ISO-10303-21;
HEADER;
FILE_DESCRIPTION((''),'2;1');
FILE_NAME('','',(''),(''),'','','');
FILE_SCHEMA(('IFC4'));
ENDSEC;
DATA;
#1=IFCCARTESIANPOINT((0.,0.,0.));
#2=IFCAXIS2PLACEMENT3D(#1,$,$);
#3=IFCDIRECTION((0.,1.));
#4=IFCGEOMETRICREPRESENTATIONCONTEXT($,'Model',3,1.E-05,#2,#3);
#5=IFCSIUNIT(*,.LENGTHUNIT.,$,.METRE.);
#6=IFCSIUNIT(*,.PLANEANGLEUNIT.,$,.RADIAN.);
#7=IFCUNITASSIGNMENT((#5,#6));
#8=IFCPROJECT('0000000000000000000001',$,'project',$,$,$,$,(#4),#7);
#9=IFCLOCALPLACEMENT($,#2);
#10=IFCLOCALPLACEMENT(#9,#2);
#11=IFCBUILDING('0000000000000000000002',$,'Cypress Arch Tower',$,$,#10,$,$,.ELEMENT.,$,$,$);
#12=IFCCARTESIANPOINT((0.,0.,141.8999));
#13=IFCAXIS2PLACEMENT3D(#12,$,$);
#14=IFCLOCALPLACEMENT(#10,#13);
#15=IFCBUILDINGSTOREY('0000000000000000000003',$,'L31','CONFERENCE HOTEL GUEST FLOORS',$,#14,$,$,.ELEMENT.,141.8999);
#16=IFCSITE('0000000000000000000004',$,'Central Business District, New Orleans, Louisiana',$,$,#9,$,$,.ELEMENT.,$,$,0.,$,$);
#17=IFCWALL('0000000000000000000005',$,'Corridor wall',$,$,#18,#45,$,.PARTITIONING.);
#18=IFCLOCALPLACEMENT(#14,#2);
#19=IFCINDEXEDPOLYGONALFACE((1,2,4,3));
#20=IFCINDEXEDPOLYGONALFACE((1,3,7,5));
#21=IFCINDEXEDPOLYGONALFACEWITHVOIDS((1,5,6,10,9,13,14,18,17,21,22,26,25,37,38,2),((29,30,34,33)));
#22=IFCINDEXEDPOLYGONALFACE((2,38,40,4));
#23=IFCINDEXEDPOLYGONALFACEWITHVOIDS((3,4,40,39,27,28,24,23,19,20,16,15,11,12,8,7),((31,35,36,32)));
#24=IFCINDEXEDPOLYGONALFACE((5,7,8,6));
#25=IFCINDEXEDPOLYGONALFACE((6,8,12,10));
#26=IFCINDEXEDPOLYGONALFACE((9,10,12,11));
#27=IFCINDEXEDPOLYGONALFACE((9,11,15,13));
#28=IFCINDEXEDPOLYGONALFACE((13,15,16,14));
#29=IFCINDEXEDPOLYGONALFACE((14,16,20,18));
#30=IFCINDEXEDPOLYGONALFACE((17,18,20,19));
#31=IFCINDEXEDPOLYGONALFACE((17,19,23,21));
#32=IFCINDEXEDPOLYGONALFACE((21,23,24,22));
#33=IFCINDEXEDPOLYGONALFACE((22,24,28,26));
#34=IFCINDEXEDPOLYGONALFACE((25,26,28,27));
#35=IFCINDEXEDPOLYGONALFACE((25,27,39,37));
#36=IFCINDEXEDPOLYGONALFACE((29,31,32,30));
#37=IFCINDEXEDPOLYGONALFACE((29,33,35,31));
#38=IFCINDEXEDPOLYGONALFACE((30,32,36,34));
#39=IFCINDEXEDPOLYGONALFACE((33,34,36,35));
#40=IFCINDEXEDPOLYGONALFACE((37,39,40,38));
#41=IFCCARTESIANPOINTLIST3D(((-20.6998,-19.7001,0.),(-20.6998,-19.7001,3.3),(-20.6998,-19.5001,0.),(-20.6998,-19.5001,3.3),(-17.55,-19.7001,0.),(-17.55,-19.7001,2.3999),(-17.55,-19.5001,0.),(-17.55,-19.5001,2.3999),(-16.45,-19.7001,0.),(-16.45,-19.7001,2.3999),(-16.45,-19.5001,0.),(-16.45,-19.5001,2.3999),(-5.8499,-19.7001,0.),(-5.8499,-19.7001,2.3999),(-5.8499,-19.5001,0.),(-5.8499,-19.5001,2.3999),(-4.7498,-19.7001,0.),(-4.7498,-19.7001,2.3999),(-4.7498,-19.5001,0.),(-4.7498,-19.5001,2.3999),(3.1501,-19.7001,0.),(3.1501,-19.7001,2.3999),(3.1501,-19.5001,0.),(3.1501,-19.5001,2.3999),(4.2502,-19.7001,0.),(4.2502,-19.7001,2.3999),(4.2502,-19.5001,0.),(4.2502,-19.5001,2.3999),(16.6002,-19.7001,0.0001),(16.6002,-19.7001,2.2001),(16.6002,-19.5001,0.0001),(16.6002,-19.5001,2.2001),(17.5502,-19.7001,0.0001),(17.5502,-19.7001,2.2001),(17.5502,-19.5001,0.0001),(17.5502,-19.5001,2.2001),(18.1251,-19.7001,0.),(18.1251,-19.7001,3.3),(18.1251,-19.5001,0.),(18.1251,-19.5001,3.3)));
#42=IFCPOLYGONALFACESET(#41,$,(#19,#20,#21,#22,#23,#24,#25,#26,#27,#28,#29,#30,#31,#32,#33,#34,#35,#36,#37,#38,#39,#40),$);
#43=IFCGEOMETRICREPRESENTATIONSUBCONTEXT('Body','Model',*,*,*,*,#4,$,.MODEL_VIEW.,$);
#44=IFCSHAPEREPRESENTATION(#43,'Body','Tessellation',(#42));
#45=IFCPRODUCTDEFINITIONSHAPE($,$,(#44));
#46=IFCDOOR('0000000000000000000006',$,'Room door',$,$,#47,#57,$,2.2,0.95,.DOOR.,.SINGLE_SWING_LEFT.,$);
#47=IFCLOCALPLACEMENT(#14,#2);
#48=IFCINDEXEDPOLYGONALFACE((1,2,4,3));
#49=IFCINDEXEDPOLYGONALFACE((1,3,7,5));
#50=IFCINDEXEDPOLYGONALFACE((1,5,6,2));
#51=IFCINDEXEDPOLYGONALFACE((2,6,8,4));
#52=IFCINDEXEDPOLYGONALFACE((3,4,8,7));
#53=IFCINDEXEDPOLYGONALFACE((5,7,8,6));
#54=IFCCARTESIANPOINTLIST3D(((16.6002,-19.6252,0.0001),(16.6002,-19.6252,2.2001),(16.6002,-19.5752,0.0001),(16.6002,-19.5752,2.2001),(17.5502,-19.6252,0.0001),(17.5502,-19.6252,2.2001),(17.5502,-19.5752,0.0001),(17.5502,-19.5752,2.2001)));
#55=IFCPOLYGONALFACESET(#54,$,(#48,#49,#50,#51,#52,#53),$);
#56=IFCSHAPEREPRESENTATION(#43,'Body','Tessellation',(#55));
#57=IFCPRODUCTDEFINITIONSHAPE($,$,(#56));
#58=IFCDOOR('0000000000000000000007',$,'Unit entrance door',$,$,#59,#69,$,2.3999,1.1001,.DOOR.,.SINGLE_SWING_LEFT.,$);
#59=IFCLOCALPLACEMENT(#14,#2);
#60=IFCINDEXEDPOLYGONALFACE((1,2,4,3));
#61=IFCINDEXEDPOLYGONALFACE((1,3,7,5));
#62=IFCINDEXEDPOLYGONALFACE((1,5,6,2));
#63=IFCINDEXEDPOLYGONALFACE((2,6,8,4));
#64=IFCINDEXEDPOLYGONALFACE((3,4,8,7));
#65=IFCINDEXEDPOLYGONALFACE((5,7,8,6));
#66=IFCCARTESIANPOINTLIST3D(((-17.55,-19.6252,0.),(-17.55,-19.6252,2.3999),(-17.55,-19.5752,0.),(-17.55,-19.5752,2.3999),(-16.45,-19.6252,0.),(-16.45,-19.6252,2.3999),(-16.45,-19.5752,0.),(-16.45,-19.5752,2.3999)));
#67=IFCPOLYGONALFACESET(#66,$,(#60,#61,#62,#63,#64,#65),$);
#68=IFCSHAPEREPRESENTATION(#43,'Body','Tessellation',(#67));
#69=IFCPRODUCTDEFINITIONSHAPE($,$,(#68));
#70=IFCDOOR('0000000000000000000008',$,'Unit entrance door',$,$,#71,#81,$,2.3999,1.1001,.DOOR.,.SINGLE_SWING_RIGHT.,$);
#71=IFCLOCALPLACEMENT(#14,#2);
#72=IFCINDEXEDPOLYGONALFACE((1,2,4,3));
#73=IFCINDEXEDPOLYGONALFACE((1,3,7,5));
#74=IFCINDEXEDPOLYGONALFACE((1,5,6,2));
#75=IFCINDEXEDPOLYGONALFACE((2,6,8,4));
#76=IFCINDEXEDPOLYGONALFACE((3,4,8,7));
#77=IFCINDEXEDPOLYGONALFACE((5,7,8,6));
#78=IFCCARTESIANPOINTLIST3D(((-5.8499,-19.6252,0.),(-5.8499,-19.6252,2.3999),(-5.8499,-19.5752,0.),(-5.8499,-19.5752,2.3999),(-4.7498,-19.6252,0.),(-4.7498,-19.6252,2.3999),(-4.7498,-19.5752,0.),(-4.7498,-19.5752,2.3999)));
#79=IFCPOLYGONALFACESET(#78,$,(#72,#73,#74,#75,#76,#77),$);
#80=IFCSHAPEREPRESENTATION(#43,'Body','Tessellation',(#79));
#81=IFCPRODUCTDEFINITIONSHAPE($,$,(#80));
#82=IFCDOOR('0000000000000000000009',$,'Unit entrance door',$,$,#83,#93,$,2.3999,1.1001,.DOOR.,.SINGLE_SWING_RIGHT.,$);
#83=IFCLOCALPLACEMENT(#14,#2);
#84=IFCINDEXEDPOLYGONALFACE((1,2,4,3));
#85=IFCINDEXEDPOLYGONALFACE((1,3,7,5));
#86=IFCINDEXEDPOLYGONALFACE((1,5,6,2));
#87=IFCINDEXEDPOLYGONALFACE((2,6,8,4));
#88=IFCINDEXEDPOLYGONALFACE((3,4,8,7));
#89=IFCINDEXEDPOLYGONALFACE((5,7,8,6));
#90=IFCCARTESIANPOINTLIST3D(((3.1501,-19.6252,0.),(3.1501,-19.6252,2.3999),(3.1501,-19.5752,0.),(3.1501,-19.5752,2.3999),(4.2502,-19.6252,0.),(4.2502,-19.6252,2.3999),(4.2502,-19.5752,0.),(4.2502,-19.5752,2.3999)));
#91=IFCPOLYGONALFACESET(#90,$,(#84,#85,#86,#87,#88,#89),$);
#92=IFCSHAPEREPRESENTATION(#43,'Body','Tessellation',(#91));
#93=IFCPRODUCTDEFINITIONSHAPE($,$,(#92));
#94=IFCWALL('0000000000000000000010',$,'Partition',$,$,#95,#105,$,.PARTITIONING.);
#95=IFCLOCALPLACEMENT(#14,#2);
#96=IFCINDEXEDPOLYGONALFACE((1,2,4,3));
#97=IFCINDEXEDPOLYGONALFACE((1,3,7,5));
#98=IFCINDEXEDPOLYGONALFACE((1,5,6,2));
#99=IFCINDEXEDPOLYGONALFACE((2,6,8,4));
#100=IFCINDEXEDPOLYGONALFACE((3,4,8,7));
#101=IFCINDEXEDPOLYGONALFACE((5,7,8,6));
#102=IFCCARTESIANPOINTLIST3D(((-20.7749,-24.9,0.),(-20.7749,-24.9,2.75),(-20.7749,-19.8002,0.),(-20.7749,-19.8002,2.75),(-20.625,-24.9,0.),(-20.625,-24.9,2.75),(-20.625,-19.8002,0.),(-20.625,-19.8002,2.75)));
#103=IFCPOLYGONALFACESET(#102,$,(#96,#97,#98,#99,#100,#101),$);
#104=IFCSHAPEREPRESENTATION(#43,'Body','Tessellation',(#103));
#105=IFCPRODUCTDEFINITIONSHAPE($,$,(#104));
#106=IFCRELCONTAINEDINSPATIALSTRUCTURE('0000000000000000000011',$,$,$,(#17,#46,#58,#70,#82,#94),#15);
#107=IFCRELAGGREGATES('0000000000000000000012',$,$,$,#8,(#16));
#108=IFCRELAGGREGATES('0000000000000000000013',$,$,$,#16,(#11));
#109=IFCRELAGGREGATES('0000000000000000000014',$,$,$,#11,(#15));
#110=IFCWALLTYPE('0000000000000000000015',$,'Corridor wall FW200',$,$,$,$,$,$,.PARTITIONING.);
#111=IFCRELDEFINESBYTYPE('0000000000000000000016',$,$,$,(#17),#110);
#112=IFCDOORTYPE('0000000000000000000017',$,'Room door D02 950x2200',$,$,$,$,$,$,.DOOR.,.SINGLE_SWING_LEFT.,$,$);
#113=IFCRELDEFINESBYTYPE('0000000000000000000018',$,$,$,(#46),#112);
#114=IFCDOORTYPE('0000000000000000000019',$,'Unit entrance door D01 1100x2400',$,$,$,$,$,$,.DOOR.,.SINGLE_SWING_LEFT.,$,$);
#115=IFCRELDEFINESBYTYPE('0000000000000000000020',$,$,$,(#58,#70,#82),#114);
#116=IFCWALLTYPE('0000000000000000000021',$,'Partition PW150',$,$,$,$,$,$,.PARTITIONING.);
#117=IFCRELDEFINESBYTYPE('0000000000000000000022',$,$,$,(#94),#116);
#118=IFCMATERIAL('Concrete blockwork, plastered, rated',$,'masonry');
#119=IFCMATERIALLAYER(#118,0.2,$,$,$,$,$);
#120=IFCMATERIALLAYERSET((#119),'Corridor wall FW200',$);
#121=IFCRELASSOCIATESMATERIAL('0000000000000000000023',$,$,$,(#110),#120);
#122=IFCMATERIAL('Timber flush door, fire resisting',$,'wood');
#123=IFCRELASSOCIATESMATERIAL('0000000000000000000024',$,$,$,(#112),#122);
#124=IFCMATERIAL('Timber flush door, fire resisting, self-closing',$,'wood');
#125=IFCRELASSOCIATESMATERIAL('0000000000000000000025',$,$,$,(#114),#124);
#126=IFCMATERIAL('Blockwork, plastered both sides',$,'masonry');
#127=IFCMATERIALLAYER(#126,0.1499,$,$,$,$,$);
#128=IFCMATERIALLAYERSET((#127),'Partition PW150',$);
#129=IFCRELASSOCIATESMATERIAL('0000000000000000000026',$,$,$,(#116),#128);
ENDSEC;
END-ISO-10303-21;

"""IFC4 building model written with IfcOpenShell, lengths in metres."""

from ifc_helpers import new_model, si_unit, direction, frame, frame_2d, origin, place, context, subcontext, project, spatial, rectangle, extrude, material, layer, layer_set, type_object, element, fill, save


model = new_model("IFC4")

# Units and contexts
model_context = context("Model", 3, precision=1e-05, world=origin(), true_north=direction((0.0, 1.0)))
body_context = subcontext(model_context, "Body", "Model", "MODEL_VIEW")
ifc_project = project(units=[si_unit("LENGTHUNIT", "METRE"), si_unit("PLANEANGLEUNIT", "RADIAN")], contexts=[model_context])

# Site, building, storey
site_placement = place(None, origin())
site = spatial("IfcSite", under=ifc_project, at=site_placement, Name="Central Business District, New Orleans, Louisiana", CompositionType="ELEMENT", RefElevation=0.0)
building_placement = place(site_placement, origin())
building = spatial("IfcBuilding", under=site, at=building_placement, Name="Cypress Arch Tower", CompositionType="ELEMENT")
storey_placement = place(building_placement, frame((0.0, 0.0, 141.8999)))
storey = spatial("IfcBuildingStorey", under=building, at=storey_placement, Name="L31", Description="CONFERENCE HOTEL GUEST FLOORS", CompositionType="ELEMENT", Elevation=141.8999)

# Shared definitions
ifc_material_1 = material(Name="Concrete blockwork, plastered, rated", Category="masonry")
ifc_layer_1 = layer(ifc_material_1, 0.2)
ifc_layer_set_1 = layer_set([ifc_layer_1], Name="Corridor wall FW200")
wall_type_1 = type_object("IfcWallType", Name="Corridor wall FW200", PredefinedType="PARTITIONING", material=ifc_layer_set_1)

# Wall, openings, doors
wall_1_placement = place(storey_placement, frame((-20.7, -19.6001, 0.0), z_axis=(0.0, 0.0, 1.0), x_axis=(1.0, 0.0, 0.0)))
wall_1 = element("IfcWall", 1, at=wall_1_placement, inside=storey, type_object=wall_type_1, Name="Corridor wall", PredefinedType="PARTITIONING", context=body_context, shape_type="SweptSolid", body=[
    extrude(rectangle(XDim=38.825, YDim=0.2, at=frame_2d((19.4126, 0.0))), origin(), (0.0, 0.0, 1.0), 3.3),
])
opening_1_placement = place(wall_1_placement, frame((3.1499, 0.0, 0.0)))
opening_1 = element("IfcOpeningElement", 2, at=opening_1_placement, cuts=wall_1, PredefinedType="OPENING", context=body_context, shape_type="SweptSolid", body=[
    extrude(rectangle(XDim=1.1001, YDim=2.3999, at=frame_2d((0.55, 1.2))), frame((0.0, 0.1099, 0.0), z_axis=(0.0, -1.0, 0.0), x_axis=(1.0, 0.0, 0.0)), (0.0, 0.0, 1.0), 0.22),
])
opening_2_placement = place(wall_1_placement, frame((14.8501, 0.0, 0.0)))
opening_2 = element("IfcOpeningElement", 3, at=opening_2_placement, cuts=wall_1, PredefinedType="OPENING", context=body_context, shape_type="SweptSolid", body=[
    extrude(rectangle(XDim=1.1001, YDim=2.3999, at=frame_2d((0.55, 1.2))), frame((0.0, 0.1099, 0.0), z_axis=(0.0, -1.0, 0.0), x_axis=(1.0, 0.0, 0.0)), (0.0, 0.0, 1.0), 0.22),
])
opening_3_placement = place(wall_1_placement, frame((23.8501, 0.0, 0.0)))
opening_3 = element("IfcOpeningElement", 4, at=opening_3_placement, cuts=wall_1, PredefinedType="OPENING", context=body_context, shape_type="SweptSolid", body=[
    extrude(rectangle(XDim=1.1001, YDim=2.3999, at=frame_2d((0.55, 1.2))), frame((0.0, 0.1099, 0.0), z_axis=(0.0, -1.0, 0.0), x_axis=(1.0, 0.0, 0.0)), (0.0, 0.0, 1.0), 0.22),
])
opening_4_placement = place(wall_1_placement, frame((37.3, 0.0, 0.0)))
opening_4 = element("IfcOpeningElement", 5, at=opening_4_placement, cuts=wall_1, PredefinedType="OPENING", context=body_context, shape_type="SweptSolid", body=[
    extrude(rectangle(XDim=0.95, YDim=2.2, at=frame_2d((0.4751, 1.1001))), frame((0.0, 0.1099, 0.0), z_axis=(0.0, -1.0, 0.0), x_axis=(1.0, 0.0, 0.0)), (0.0, 0.0, 1.0), 0.22),
])
ifc_material_2 = material(Name="Timber flush door, fire resisting", Category="wood")
door_type_1 = type_object("IfcDoorType", Name="Room door D02 950x2200", OperationType="SINGLE_SWING_LEFT", PredefinedType="DOOR", material=ifc_material_2)
door_1_placement = place(opening_4_placement, origin())
door_1 = element("IfcDoor", 6, at=door_1_placement, inside=storey, type_object=door_type_1, Name="Room door", OperationType="SINGLE_SWING_LEFT", OverallHeight=2.2, OverallWidth=0.95, PredefinedType="DOOR", context=body_context, shape_type="SweptSolid", body=[
    extrude(rectangle(XDim=0.95, YDim=2.2, at=frame_2d((0.4751, 1.1001))), frame((0.0, 0.0249, 0.0), z_axis=(0.0, -1.0, 0.0), x_axis=(1.0, 0.0, 0.0)), (0.0, 0.0, 1.0), 0.05),
])
fill(opening_4, door_1)
ifc_material_3 = material(Name="Timber flush door, fire resisting, self-closing", Category="wood")
door_type_2 = type_object("IfcDoorType", Name="Unit entrance door D01 1100x2400", OperationType="SINGLE_SWING_LEFT", PredefinedType="DOOR", material=ifc_material_3)
door_2_placement = place(opening_1_placement, origin())
door_2 = element("IfcDoor", 7, at=door_2_placement, inside=storey, type_object=door_type_2, Name="Unit entrance door", OperationType="SINGLE_SWING_LEFT", OverallHeight=2.3999, OverallWidth=1.1001, PredefinedType="DOOR", context=body_context, shape_type="SweptSolid", body=[
    extrude(rectangle(XDim=1.1001, YDim=2.3999, at=frame_2d((0.55, 1.2))), frame((0.0, 0.0249, 0.0), z_axis=(0.0, -1.0, 0.0), x_axis=(1.0, 0.0, 0.0)), (0.0, 0.0, 1.0), 0.05),
])
fill(opening_1, door_2)
door_3_placement = place(opening_2_placement, origin())
door_3 = element("IfcDoor", 8, at=door_3_placement, inside=storey, type_object=door_type_2, Name="Unit entrance door", OperationType="SINGLE_SWING_RIGHT", OverallHeight=2.3999, OverallWidth=1.1001, PredefinedType="DOOR", context=body_context, shape_type="SweptSolid", body=[
    extrude(rectangle(XDim=1.1001, YDim=2.3999, at=frame_2d((0.55, 1.2))), frame((0.0, 0.0249, 0.0), z_axis=(0.0, -1.0, 0.0), x_axis=(1.0, 0.0, 0.0)), (0.0, 0.0, 1.0), 0.05),
])
fill(opening_2, door_3)
door_4_placement = place(opening_3_placement, origin())
door_4 = element("IfcDoor", 9, at=door_4_placement, inside=storey, type_object=door_type_2, Name="Unit entrance door", OperationType="SINGLE_SWING_RIGHT", OverallHeight=2.3999, OverallWidth=1.1001, PredefinedType="DOOR", context=body_context, shape_type="SweptSolid", body=[
    extrude(rectangle(XDim=1.1001, YDim=2.3999, at=frame_2d((0.55, 1.2))), frame((0.0, 0.0249, 0.0), z_axis=(0.0, -1.0, 0.0), x_axis=(1.0, 0.0, 0.0)), (0.0, 0.0, 1.0), 0.05),
])
fill(opening_3, door_4)

# Wall
ifc_material_4 = material(Name="Blockwork, plastered both sides", Category="masonry")
ifc_layer_2 = layer(ifc_material_4, 0.1499)
ifc_layer_set_2 = layer_set([ifc_layer_2], Name="Partition PW150")
wall_type_2 = type_object("IfcWallType", Name="Partition PW150", PredefinedType="PARTITIONING", material=ifc_layer_set_2)
wall_2_placement = place(storey_placement, frame((-20.7, -24.8999, 0.0), z_axis=(0.0, 0.0, 1.0), x_axis=(0.0, 1.0, 0.0)))
element("IfcWall", 10, at=wall_2_placement, inside=storey, type_object=wall_type_2, Name="Partition", PredefinedType="PARTITIONING", context=body_context, shape_type="SweptSolid", body=[
    extrude(rectangle(XDim=5.0999, YDim=0.1499, at=frame_2d((2.5498, 0.0))), origin(), (0.0, 0.0, 1.0), 2.75),
])

save(model, "model.ifc")
